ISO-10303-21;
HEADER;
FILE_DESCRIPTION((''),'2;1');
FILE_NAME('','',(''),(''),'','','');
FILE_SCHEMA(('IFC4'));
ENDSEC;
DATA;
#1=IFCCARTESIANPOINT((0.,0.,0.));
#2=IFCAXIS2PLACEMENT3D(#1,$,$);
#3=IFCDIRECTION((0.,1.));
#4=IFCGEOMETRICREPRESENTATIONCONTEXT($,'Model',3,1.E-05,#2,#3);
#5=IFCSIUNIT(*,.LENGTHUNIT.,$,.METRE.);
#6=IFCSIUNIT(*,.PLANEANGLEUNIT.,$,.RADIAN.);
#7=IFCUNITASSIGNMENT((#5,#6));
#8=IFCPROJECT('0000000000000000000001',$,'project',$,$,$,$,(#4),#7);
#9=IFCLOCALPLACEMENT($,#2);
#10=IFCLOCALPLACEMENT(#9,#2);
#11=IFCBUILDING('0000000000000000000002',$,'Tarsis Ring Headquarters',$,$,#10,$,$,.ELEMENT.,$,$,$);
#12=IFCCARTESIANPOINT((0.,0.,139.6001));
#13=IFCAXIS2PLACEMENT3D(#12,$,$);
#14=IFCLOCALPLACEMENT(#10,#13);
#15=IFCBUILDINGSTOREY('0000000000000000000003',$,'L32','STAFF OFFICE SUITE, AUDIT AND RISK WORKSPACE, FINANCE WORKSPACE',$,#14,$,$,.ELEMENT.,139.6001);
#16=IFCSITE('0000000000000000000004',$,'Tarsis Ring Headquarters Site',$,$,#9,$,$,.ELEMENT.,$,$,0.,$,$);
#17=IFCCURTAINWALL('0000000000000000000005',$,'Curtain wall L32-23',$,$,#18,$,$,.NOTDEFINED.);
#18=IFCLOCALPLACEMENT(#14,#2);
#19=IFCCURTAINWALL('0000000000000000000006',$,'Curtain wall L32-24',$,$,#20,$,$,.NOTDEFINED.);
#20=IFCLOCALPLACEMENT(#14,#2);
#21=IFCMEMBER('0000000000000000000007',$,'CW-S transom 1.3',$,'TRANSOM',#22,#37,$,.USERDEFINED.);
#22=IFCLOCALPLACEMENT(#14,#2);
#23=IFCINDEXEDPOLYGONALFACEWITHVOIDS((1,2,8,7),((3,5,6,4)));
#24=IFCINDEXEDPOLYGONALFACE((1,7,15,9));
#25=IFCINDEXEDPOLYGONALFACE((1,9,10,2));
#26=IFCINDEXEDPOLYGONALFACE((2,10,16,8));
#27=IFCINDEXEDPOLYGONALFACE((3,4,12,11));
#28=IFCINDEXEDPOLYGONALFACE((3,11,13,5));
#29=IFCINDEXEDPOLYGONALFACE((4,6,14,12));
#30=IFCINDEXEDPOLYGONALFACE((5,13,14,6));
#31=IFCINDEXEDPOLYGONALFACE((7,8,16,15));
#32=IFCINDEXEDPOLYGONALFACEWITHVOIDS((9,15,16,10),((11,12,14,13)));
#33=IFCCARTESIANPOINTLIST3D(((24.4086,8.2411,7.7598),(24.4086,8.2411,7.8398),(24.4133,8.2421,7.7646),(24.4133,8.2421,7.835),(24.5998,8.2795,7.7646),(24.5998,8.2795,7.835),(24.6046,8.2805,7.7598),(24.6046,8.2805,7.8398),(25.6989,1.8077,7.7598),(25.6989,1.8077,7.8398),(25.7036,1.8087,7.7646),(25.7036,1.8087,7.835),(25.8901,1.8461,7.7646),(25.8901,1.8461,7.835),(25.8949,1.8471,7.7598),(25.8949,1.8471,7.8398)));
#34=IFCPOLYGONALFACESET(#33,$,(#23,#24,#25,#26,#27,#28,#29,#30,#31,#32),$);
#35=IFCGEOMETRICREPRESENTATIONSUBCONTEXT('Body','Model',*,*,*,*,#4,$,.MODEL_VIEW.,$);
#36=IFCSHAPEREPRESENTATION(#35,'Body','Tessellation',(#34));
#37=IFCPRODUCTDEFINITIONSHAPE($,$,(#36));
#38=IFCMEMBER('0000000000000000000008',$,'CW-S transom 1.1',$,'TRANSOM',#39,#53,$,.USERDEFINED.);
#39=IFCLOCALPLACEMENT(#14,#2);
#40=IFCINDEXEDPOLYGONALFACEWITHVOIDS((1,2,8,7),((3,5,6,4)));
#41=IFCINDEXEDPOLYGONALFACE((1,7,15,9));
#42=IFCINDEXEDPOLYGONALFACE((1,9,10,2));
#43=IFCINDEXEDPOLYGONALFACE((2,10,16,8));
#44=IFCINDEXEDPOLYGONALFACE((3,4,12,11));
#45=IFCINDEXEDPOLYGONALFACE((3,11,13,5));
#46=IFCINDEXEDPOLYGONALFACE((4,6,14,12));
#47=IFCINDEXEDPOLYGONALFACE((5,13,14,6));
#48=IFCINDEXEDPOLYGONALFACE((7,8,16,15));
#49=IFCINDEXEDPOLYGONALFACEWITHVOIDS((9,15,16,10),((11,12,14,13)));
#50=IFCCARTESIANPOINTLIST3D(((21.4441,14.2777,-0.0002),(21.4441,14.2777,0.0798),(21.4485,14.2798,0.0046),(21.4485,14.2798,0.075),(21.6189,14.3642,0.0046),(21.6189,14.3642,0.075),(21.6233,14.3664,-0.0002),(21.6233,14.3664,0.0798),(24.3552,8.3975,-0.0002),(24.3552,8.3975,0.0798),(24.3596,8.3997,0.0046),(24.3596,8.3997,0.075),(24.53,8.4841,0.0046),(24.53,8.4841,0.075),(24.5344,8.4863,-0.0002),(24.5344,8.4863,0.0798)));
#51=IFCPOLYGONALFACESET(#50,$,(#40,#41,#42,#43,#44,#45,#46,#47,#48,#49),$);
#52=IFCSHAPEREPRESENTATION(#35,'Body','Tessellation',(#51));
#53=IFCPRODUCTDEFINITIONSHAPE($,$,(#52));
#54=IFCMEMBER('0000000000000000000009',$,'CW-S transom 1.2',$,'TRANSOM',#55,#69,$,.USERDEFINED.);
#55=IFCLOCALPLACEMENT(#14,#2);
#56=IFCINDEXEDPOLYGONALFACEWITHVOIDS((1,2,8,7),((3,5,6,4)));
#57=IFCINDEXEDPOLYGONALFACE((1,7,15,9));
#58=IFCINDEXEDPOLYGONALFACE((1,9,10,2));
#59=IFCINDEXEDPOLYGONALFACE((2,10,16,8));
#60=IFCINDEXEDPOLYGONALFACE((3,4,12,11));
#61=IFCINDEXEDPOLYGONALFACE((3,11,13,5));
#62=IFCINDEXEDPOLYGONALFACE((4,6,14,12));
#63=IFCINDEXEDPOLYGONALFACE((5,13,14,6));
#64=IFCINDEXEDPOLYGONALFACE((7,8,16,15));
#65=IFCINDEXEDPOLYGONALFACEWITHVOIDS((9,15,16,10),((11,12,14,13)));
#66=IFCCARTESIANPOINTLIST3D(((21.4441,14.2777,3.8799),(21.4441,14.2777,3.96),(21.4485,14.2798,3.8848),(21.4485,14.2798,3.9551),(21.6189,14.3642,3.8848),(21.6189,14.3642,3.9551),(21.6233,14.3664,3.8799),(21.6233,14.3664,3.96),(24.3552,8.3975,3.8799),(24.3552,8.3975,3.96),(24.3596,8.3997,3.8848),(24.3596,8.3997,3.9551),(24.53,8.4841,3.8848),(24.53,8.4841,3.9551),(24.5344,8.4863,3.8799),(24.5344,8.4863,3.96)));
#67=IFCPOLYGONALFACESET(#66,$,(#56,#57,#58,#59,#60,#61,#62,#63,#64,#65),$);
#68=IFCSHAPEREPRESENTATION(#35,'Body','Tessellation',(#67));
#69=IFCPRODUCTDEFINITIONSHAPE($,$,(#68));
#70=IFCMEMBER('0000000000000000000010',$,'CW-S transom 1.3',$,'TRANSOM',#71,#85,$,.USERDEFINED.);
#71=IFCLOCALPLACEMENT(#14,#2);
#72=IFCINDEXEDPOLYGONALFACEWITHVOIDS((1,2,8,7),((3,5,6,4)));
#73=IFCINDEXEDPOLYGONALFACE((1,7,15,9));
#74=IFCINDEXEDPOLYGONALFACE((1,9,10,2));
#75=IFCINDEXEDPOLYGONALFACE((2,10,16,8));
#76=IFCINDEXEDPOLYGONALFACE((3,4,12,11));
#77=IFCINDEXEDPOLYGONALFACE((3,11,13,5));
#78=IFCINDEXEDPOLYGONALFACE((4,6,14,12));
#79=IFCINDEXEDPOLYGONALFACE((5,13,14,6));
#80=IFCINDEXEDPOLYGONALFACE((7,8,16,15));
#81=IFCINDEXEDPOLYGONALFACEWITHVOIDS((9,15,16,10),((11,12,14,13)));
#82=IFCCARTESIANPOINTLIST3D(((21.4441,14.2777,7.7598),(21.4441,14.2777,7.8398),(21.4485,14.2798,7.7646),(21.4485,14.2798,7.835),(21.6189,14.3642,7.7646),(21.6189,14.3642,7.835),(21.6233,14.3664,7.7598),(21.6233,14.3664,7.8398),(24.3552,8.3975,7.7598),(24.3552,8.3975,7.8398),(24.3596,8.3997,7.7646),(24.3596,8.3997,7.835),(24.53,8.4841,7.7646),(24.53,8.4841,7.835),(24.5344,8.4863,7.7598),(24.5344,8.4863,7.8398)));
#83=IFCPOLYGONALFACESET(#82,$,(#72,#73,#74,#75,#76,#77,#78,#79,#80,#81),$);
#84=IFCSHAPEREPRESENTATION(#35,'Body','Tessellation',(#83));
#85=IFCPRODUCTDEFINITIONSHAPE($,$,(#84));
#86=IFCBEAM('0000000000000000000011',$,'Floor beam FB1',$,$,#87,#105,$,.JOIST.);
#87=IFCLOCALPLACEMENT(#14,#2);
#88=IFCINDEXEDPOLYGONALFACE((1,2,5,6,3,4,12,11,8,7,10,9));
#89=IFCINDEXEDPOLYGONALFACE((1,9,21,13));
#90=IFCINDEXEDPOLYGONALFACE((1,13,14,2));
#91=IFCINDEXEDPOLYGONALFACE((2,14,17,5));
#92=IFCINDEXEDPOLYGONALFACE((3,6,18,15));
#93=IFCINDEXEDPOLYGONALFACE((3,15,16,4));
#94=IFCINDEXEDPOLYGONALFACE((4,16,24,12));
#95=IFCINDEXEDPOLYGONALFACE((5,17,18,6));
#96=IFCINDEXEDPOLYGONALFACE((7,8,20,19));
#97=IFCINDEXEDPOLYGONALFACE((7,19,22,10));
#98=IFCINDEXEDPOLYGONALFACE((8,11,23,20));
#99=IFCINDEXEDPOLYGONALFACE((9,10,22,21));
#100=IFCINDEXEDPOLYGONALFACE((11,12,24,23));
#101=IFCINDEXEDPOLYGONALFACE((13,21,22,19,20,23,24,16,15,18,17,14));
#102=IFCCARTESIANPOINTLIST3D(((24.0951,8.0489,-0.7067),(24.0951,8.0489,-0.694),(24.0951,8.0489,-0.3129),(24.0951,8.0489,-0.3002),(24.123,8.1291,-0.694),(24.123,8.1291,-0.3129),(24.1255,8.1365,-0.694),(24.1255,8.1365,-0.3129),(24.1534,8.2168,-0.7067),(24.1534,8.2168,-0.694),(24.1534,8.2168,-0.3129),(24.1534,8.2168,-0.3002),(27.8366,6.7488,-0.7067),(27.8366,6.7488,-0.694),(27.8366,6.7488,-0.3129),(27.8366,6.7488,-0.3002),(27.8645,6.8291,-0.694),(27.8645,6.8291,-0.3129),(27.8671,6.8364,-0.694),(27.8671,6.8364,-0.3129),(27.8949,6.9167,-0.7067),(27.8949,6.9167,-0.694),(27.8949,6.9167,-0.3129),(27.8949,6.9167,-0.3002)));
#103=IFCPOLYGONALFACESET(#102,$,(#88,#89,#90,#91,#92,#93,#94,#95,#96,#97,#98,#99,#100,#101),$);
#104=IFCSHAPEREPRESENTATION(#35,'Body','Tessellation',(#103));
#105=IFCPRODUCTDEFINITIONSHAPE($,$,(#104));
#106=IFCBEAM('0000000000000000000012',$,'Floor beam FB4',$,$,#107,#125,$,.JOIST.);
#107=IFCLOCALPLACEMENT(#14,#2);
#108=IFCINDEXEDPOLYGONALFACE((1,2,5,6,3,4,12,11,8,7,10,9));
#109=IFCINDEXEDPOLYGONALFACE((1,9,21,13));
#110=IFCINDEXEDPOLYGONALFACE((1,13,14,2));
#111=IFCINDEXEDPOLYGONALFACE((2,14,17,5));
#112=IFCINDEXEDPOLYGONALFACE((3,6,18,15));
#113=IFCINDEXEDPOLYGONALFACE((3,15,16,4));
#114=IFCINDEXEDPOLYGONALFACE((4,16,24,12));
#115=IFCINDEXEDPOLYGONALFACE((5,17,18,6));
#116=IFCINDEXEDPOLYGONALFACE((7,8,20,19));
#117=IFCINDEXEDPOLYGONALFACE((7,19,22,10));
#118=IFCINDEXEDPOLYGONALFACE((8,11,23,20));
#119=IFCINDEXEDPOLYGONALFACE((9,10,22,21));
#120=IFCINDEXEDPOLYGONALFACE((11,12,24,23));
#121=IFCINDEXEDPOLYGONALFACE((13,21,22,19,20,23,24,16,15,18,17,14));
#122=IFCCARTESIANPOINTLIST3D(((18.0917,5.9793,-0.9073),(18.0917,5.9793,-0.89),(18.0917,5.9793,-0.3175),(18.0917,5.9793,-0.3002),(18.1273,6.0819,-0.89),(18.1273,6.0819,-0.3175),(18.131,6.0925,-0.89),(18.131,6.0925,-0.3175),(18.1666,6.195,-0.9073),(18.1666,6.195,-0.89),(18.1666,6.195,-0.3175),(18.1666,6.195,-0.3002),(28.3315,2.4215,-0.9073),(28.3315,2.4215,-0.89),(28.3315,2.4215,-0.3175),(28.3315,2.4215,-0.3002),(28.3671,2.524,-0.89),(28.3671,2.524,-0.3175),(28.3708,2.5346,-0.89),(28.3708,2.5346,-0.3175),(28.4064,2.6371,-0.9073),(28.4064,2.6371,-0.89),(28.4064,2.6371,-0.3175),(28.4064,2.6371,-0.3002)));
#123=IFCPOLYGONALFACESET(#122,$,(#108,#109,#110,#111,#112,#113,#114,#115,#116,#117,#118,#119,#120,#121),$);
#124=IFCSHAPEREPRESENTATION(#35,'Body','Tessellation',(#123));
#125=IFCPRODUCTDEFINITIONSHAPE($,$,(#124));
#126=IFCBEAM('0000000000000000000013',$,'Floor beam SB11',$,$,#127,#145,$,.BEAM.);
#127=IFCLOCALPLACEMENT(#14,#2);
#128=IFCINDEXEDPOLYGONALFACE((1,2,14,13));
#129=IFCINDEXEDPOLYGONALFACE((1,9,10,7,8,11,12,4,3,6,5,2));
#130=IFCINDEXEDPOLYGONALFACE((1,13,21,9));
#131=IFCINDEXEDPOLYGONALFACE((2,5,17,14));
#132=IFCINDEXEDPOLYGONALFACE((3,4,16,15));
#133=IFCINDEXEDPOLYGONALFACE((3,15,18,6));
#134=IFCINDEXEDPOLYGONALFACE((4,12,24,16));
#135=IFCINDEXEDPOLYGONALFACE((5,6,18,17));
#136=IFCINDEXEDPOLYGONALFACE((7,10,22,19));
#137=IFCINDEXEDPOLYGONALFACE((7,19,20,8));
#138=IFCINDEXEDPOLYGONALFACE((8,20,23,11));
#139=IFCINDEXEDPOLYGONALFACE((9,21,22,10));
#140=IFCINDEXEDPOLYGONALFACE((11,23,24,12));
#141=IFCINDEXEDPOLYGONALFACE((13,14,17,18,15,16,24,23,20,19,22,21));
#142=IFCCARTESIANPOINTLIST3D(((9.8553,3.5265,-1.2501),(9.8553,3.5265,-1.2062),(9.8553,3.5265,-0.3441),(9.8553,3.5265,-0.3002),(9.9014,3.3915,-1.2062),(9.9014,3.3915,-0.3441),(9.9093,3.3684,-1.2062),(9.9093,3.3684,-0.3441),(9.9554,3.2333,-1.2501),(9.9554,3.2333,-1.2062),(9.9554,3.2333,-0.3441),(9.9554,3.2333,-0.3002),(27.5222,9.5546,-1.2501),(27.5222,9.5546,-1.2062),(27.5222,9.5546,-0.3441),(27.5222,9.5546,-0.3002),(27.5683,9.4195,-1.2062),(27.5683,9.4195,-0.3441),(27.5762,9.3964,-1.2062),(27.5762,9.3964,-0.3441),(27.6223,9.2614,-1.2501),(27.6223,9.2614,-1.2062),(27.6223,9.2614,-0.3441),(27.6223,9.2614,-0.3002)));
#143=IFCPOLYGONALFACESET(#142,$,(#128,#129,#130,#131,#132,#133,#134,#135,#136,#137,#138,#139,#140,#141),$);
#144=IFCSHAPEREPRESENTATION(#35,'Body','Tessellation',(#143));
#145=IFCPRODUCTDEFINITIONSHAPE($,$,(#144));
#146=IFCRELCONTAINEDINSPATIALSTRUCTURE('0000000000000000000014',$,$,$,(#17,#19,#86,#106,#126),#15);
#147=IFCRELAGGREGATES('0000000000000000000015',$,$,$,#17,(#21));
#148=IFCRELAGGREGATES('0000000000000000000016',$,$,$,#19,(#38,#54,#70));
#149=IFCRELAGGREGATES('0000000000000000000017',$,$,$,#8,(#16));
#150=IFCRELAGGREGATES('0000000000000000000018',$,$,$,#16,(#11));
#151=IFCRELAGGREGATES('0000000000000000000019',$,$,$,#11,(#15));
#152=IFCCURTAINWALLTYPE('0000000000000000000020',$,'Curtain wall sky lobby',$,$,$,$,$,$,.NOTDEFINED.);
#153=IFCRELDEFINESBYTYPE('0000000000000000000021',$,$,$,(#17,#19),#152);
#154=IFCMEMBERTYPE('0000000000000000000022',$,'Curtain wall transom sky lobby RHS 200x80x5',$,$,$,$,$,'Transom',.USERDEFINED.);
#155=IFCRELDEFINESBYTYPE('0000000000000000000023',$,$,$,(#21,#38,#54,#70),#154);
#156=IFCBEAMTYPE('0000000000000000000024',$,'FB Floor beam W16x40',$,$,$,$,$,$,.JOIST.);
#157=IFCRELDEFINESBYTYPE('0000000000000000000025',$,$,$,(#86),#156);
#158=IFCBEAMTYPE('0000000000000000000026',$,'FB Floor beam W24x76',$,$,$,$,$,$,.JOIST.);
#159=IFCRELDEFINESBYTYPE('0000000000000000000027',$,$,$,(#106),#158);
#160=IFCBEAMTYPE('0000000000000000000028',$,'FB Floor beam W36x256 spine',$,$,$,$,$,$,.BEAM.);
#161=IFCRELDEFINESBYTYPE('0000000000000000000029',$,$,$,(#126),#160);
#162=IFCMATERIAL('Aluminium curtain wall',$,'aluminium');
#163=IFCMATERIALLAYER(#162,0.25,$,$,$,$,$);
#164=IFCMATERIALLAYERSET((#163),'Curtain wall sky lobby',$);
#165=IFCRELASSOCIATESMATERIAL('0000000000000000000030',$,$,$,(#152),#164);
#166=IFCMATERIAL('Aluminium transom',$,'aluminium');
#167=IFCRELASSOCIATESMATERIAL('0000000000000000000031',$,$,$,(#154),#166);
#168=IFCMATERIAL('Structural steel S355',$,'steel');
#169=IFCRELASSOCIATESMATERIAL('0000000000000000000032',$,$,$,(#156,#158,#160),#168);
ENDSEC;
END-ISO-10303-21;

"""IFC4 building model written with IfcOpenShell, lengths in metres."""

from ifc_helpers import new_model, si_unit, direction, frame, origin, origin_2d, place, context, subcontext, project, spatial, hollow_rectangle, i_section, extrude, material, layer, layer_set, material_profile, profile_set, type_object, element, aggregate, save


model = new_model("IFC4")

# Units and contexts
model_context = context("Model", 3, precision=1e-05, world=origin(), true_north=direction((0.0, 1.0)))
body_context = subcontext(model_context, "Body", "Model", "MODEL_VIEW")
ifc_project = project(units=[si_unit("LENGTHUNIT", "METRE"), si_unit("PLANEANGLEUNIT", "RADIAN")], contexts=[model_context])

# Site, building, storey
site_placement = place(None, origin())
site = spatial("IfcSite", under=ifc_project, at=site_placement, Name="Tarsis Ring Headquarters Site", CompositionType="ELEMENT", RefElevation=0.0)
building_placement = place(site_placement, origin())
building = spatial("IfcBuilding", under=site, at=building_placement, Name="Tarsis Ring Headquarters", CompositionType="ELEMENT")
storey_placement = place(building_placement, frame((0.0, 0.0, 139.6001)))
storey = spatial("IfcBuildingStorey", under=building, at=storey_placement, Name="L32", Description="STAFF OFFICE SUITE, AUDIT AND RISK WORKSPACE, FINANCE WORKSPACE", CompositionType="ELEMENT", Elevation=139.6001)

# Shared definitions
ifc_material_1 = material(Name="Structural steel S355", Category="steel")

# Curtain wall
ifc_material_2 = material(Name="Aluminium curtain wall", Category="aluminium")
ifc_layer_1 = layer(ifc_material_2, 0.25)
ifc_layer_set_1 = layer_set([ifc_layer_1], Name="Curtain wall sky lobby")
curtain_wall_type = type_object("IfcCurtainWallType", Name="Curtain wall sky lobby", PredefinedType="NOTDEFINED", material=ifc_layer_set_1)
curtain_wall_1_placement = place(storey_placement, origin())
curtain_wall_1 = element("IfcCurtainWall", 1, at=curtain_wall_1_placement, inside=storey, type_object=curtain_wall_type, Name="Curtain wall L32-23", PredefinedType="NOTDEFINED")

# Curtain wall
curtain_wall_2_placement = place(storey_placement, origin())
curtain_wall_2 = element("IfcCurtainWall", 2, at=curtain_wall_2_placement, inside=storey, type_object=curtain_wall_type, Name="Curtain wall L32-24", PredefinedType="NOTDEFINED")

# Members
ifc_material_3 = material(Name="Aluminium transom", Category="aluminium")
ifc_material_profile_1 = material_profile(ifc_material_3, hollow_rectangle(XDim=0.2, YDim=0.0801, WallThickness=0.0049, at=origin_2d()), Name="RHS 200x80x5")
ifc_profile_set_1 = profile_set([ifc_material_profile_1], Name="Aluminium transom")
member_type_1 = type_object("IfcMemberType", Name="Curtain wall transom sky lobby RHS 200x80x5", ElementType="Transom", PredefinedType="USERDEFINED", material=ifc_profile_set_1)
member_1_placement = place(storey_placement, frame((25.7969, 1.8274, 7.7998), z_axis=(-0.196646, 0.980475, 0.0), x_axis=(-0.980475, -0.196646, 0.0)))
member_1 = element("IfcMember", 3, at=member_1_placement, type_object=member_type_1, Name="CW-S transom 1.3", ObjectType="TRANSOM", PredefinedType="USERDEFINED", context=body_context, shape_type="SweptSolid", body=[
    extrude(hollow_rectangle(XDim=0.2, YDim=0.0801, WallThickness=0.0049, at=origin_2d()), origin(), (0.0, 0.0, 1.0), 6.5615),
])
member_2_placement = place(storey_placement, frame((24.4448, 8.4419, 0.0398), z_axis=(-0.443683, 0.896184, 0.0), x_axis=(-0.896184, -0.443683, 0.0)))
member_2 = element("IfcMember", 4, at=member_2_placement, type_object=member_type_1, Name="CW-S transom 1.1", ObjectType="TRANSOM", PredefinedType="USERDEFINED", context=body_context, shape_type="SweptSolid", body=[
    extrude(hollow_rectangle(XDim=0.2, YDim=0.0801, WallThickness=0.0049, at=origin_2d()), origin(), (0.0, 0.0, 1.0), 6.5613),
])
member_3_placement = place(storey_placement, frame((24.4448, 8.4419, 3.9199), z_axis=(-0.443683, 0.896184, 0.0), x_axis=(-0.896184, -0.443683, 0.0)))
member_3 = element("IfcMember", 5, at=member_3_placement, type_object=member_type_1, Name="CW-S transom 1.2", ObjectType="TRANSOM", PredefinedType="USERDEFINED", context=body_context, shape_type="SweptSolid", body=[
    extrude(hollow_rectangle(XDim=0.2, YDim=0.0801, WallThickness=0.0049, at=origin_2d()), origin(), (0.0, 0.0, 1.0), 6.5613),
])
member_4_placement = place(storey_placement, frame((24.4448, 8.4419, 7.7998), z_axis=(-0.443683, 0.896184, 0.0), x_axis=(-0.896184, -0.443683, 0.0)))
member_4 = element("IfcMember", 6, at=member_4_placement, type_object=member_type_1, Name="CW-S transom 1.3", ObjectType="TRANSOM", PredefinedType="USERDEFINED", context=body_context, shape_type="SweptSolid", body=[
    extrude(hollow_rectangle(XDim=0.2, YDim=0.0801, WallThickness=0.0049, at=origin_2d()), origin(), (0.0, 0.0, 1.0), 6.5613),
])

# Beams
ifc_material_profile_2 = material_profile(ifc_material_1, i_section(OverallWidth=0.1777, OverallDepth=0.4065, WebThickness=0.0078, FlangeThickness=0.0127, at=origin_2d()), Name="W16x40")
ifc_profile_set_2 = profile_set([ifc_material_profile_2], Name="Structural steel S355")
beam_type_1 = type_object("IfcBeamType", Name="FB Floor beam W16x40", PredefinedType="JOIST", material=ifc_profile_set_2)
beam_1_placement = place(storey_placement, frame((24.1243, 8.1328, -0.5034), z_axis=(0.944601, -0.328222, 0.0), x_axis=(0.328222, 0.944601, 0.0)))
element("IfcBeam", 7, at=beam_1_placement, inside=storey, type_object=beam_type_1, Name="Floor beam FB1", PredefinedType="JOIST", context=body_context, shape_type="SweptSolid", body=[
    extrude(i_section(OverallWidth=0.1777, OverallDepth=0.4065, WebThickness=0.0078, FlangeThickness=0.0127, at=origin_2d()), origin(), (0.0, 0.0, 1.0), 3.9609),
])
ifc_material_profile_3 = material_profile(ifc_material_1, i_section(OverallWidth=0.2283, OverallDepth=0.6072, WebThickness=0.0112, FlangeThickness=0.0173, at=origin_2d()), Name="W24x76")
ifc_profile_set_3 = profile_set([ifc_material_profile_3], Name="Structural steel S355")
beam_type_2 = type_object("IfcBeamType", Name="FB Floor beam W24x76", PredefinedType="JOIST", material=ifc_profile_set_3)
beam_2_placement = place(storey_placement, frame((18.1292, 6.0872, -0.6038), z_axis=(0.944605, -0.328209, 0.0), x_axis=(0.328209, 0.944605, 0.0)))
element("IfcBeam", 8, at=beam_2_placement, inside=storey, type_object=beam_type_2, Name="Floor beam FB4", PredefinedType="JOIST", context=body_context, shape_type="SweptSolid", body=[
    extrude(i_section(OverallWidth=0.2283, OverallDepth=0.6072, WebThickness=0.0112, FlangeThickness=0.0173, at=origin_2d()), origin(), (0.0, 0.0, 1.0), 10.8403),
])
ifc_material_profile_4 = material_profile(ifc_material_1, i_section(OverallWidth=0.3098, OverallDepth=0.95, WebThickness=0.0244, FlangeThickness=0.0439, at=origin_2d()), Name="W36x256")
ifc_profile_set_4 = profile_set([ifc_material_profile_4], Name="Structural steel S355")
beam_type_3 = type_object("IfcBeamType", Name="FB Floor beam W36x256 spine", PredefinedType="BEAM", material=ifc_profile_set_4)
beam_3_placement = place(storey_placement, frame((27.5723, 9.408, -0.7751), z_axis=(-0.946424, -0.322925, 0.0), x_axis=(0.322925, -0.946424, 0.0)))
element("IfcBeam", 9, at=beam_3_placement, inside=storey, type_object=beam_type_3, Name="Floor beam SB11", PredefinedType="BEAM", context=body_context, shape_type="SweptSolid", body=[
    extrude(i_section(OverallWidth=0.3098, OverallDepth=0.95, WebThickness=0.0244, FlangeThickness=0.0439, at=origin_2d()), origin(), (0.0, 0.0, 1.0), 18.667),
])

aggregate(curtain_wall_1, [member_1])
aggregate(curtain_wall_2, [member_2, member_3, member_4])

save(model, "model.ifc")
